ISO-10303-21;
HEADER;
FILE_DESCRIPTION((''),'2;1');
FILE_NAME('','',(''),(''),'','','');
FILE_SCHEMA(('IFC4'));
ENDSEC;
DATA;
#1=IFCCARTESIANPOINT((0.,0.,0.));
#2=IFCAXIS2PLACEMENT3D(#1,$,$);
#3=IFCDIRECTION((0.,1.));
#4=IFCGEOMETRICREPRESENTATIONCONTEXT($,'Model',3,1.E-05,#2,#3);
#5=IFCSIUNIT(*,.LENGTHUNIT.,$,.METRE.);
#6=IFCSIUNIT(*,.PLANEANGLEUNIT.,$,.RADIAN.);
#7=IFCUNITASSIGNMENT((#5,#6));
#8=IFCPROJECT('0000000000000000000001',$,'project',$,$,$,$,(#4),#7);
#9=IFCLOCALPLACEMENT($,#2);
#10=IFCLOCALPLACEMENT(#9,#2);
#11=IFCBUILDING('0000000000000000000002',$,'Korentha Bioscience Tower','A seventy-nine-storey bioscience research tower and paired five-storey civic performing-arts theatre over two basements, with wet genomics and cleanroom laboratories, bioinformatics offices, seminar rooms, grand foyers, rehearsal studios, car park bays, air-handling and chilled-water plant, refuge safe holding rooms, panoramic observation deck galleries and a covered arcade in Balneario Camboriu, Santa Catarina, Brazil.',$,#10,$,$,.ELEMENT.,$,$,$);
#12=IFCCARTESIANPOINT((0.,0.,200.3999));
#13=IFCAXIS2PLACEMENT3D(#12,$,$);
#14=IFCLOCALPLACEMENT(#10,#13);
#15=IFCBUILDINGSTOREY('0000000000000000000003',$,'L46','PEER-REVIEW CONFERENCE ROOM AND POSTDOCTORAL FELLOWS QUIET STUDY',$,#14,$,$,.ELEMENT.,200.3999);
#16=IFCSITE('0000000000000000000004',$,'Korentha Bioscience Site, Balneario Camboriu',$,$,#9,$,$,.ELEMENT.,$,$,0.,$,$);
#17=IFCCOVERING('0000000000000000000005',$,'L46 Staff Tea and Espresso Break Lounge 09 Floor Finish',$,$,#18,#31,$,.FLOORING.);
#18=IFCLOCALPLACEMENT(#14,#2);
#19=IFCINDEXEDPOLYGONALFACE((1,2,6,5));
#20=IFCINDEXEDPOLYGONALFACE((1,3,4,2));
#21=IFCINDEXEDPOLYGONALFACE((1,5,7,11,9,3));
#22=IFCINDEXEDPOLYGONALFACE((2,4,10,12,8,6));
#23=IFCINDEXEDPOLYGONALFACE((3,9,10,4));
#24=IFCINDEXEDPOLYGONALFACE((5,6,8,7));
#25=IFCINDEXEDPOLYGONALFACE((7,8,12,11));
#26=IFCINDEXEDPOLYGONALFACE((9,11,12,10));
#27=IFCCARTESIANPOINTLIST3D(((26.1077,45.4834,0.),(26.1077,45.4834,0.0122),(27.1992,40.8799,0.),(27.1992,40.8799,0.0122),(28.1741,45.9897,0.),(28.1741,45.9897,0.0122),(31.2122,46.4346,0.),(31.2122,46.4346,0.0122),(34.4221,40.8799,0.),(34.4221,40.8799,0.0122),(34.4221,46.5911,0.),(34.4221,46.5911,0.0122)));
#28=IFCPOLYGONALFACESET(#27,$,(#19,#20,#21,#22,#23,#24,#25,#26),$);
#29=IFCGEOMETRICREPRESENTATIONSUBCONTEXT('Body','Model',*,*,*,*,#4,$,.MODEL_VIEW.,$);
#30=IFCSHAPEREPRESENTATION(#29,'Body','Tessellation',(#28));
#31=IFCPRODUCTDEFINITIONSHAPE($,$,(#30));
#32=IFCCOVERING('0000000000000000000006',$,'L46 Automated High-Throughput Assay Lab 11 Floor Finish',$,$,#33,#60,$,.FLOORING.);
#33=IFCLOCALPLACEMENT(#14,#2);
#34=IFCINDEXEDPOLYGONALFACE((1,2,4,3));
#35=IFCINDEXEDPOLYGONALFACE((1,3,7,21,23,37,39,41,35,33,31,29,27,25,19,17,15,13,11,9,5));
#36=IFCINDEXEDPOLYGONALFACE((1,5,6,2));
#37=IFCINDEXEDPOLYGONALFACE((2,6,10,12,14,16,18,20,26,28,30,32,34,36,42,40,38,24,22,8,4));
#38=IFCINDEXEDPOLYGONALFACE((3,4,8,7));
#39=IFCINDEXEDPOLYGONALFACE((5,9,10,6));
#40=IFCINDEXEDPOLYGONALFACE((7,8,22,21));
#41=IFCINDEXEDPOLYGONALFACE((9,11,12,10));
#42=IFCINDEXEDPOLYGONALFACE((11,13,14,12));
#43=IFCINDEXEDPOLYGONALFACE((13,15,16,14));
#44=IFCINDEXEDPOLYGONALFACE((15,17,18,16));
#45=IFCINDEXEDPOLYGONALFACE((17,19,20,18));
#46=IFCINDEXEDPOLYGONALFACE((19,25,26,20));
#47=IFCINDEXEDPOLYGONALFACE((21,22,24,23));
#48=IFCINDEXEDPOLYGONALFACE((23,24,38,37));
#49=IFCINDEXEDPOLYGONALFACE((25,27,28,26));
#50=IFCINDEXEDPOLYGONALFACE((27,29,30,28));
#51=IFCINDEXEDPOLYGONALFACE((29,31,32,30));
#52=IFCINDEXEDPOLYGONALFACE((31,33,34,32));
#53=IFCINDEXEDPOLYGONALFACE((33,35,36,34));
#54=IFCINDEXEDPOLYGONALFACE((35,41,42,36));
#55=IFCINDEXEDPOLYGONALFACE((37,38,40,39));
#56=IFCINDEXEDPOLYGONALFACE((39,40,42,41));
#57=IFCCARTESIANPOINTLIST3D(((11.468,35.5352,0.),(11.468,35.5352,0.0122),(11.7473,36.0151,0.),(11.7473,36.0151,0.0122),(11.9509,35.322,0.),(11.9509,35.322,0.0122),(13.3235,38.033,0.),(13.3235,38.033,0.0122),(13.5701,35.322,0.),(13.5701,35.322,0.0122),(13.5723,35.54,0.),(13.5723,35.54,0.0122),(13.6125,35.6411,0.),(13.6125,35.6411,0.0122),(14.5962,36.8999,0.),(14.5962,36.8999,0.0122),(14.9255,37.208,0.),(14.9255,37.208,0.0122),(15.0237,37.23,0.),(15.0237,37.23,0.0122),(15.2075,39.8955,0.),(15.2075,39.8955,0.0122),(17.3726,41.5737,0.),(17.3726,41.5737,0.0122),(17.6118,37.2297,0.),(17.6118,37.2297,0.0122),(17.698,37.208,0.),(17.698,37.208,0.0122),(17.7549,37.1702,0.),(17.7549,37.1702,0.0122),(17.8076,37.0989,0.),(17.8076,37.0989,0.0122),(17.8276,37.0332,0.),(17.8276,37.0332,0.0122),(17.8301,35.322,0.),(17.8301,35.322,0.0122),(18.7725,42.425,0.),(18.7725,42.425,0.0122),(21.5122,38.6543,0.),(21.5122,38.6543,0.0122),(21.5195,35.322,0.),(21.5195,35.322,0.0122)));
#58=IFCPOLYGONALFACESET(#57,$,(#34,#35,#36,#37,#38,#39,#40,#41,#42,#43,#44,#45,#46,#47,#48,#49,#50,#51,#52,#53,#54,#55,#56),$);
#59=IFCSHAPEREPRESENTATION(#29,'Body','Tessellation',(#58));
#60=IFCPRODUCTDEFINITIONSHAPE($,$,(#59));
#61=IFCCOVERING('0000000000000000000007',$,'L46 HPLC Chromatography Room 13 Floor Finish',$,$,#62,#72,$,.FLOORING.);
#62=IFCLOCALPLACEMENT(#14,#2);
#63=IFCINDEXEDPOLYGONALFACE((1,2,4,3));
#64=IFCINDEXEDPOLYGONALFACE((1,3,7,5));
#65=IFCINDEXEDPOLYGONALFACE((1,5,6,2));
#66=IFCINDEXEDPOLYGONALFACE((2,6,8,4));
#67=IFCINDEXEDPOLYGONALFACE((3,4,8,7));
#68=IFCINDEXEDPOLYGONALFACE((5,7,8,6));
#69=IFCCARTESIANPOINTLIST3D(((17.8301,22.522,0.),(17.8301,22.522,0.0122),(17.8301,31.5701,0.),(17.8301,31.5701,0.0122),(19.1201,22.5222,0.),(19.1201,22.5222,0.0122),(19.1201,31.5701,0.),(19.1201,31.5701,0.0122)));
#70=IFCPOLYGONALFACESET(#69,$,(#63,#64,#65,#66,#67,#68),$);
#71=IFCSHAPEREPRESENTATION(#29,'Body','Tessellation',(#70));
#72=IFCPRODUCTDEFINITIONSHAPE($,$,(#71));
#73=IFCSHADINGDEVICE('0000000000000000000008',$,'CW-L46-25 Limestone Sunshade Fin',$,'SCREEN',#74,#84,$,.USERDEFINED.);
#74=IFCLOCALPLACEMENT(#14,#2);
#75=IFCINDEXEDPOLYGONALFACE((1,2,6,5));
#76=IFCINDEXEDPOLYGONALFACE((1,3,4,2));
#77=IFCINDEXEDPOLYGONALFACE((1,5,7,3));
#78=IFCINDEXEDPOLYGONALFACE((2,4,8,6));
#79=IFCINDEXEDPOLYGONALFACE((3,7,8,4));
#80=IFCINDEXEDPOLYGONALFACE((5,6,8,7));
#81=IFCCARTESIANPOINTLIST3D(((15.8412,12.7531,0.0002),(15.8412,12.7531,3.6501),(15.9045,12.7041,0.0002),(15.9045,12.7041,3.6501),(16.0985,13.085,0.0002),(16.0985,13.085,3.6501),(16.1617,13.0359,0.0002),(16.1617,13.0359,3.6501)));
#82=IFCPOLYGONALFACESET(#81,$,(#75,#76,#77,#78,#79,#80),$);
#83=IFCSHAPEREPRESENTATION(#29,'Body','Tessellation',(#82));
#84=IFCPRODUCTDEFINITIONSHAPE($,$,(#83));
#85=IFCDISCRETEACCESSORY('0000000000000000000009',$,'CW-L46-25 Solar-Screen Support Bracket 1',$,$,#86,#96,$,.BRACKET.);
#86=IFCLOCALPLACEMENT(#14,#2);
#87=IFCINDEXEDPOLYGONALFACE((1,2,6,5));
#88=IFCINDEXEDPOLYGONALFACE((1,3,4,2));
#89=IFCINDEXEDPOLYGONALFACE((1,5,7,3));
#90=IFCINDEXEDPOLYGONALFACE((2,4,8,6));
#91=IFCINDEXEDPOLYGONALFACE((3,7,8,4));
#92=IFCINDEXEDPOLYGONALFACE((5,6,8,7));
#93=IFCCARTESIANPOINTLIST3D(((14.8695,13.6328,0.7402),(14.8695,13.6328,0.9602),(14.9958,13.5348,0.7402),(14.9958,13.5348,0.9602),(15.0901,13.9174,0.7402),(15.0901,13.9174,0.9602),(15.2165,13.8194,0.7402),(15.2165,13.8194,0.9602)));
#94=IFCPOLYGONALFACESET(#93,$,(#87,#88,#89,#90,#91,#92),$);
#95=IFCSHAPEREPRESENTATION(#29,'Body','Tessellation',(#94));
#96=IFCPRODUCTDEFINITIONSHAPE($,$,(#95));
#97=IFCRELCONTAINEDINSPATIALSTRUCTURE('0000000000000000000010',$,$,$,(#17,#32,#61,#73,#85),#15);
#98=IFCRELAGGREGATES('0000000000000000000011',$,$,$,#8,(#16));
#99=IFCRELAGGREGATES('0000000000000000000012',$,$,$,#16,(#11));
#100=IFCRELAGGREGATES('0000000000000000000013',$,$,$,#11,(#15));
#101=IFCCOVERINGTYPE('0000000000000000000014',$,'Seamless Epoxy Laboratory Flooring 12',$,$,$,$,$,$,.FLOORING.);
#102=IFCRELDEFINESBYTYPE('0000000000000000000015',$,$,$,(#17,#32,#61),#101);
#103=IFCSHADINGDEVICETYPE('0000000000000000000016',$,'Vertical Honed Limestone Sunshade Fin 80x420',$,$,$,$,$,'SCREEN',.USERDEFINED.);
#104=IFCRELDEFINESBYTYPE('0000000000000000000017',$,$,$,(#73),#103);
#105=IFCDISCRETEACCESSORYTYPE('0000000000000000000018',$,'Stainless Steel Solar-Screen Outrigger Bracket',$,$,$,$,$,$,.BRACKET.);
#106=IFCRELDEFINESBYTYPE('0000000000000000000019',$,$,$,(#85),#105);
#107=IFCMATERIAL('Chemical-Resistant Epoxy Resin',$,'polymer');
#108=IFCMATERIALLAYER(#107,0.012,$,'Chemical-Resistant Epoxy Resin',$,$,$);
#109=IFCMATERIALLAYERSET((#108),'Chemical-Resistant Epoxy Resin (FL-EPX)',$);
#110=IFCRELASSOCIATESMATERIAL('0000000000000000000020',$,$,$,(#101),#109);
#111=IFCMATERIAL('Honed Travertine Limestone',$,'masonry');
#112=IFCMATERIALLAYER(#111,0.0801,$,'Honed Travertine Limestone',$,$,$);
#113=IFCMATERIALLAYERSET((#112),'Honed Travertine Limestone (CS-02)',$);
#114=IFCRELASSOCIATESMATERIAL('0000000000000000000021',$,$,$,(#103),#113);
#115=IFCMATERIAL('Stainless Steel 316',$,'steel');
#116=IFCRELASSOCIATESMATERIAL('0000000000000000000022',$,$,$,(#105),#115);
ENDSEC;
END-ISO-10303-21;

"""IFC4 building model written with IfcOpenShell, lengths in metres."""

from ifc_helpers import new_model, si_unit, direction, frame, origin, origin_2d, place, context, subcontext, project, spatial, polyline, rectangle, outline, extrude, material, layer, layer_set, type_object, element, save


model = new_model("IFC4")

# Units and contexts
model_context = context("Model", 3, precision=1e-05, world=origin(), true_north=direction((0.0, 1.0)))
body_context = subcontext(model_context, "Body", "Model", "MODEL_VIEW")
ifc_project = project(units=[si_unit("LENGTHUNIT", "METRE"), si_unit("PLANEANGLEUNIT", "RADIAN")], contexts=[model_context])

# Site, building, storey
site_placement = place(None, origin())
site = spatial("IfcSite", under=ifc_project, at=site_placement, Name="Korentha Bioscience Site, Balneario Camboriu", CompositionType="ELEMENT", RefElevation=0.0)
building_placement = place(site_placement, origin())
building = spatial("IfcBuilding", under=site, at=building_placement, Name="Korentha Bioscience Tower", Description="A seventy-nine-storey bioscience research tower and paired five-storey civic performing-arts theatre over two basements, with wet genomics and cleanroom laboratories, bioinformatics offices, seminar rooms, grand foyers, rehearsal studios, car park bays, air-handling and chilled-water plant, refuge safe holding rooms, panoramic observation deck galleries and a covered arcade in Balneario Camboriu, Santa Catarina, Brazil.", CompositionType="ELEMENT")
storey_placement = place(building_placement, frame((0.0, 0.0, 200.3999)))
storey = spatial("IfcBuildingStorey", under=building, at=storey_placement, Name="L46", Description="PEER-REVIEW CONFERENCE ROOM AND POSTDOCTORAL FELLOWS QUIET STUDY", CompositionType="ELEMENT", Elevation=200.3999)

# Coverings
ifc_material_1 = material(Name="Chemical-Resistant Epoxy Resin", Category="polymer")
ifc_layer_1 = layer(ifc_material_1, 0.012, Name="Chemical-Resistant Epoxy Resin")
ifc_layer_set_1 = layer_set([ifc_layer_1], Name="Chemical-Resistant Epoxy Resin (FL-EPX)")
covering_type_1 = type_object("IfcCoveringType", Name="Seamless Epoxy Laboratory Flooring 12", PredefinedType="FLOORING", material=ifc_layer_set_1)
covering_1_placement = place(storey_placement, origin())
element("IfcCovering", 1, at=covering_1_placement, inside=storey, type_object=covering_type_1, Name="L46 Staff Tea and Espresso Break Lounge 09 Floor Finish", PredefinedType="FLOORING", context=body_context, shape_type="SweptSolid", body=[
    extrude(outline(polyline([(28.1741, 45.9897), (31.2122, 46.4346), (34.4221, 46.5911), (34.4221, 40.8799), (27.1992, 40.8799), (26.1077, 45.4834), (28.1741, 45.9897)])), origin(), (0.0, 0.0, 1.0), 0.0122),
])
covering_2_placement = place(storey_placement, origin())
element("IfcCovering", 2, at=covering_2_placement, inside=storey, type_object=covering_type_1, Name="L46 Automated High-Throughput Assay Lab 11 Floor Finish", PredefinedType="FLOORING", context=body_context, shape_type="SweptSolid", body=[
    extrude(outline(polyline([(11.7473, 36.0151), (13.3235, 38.033), (15.2075, 39.8955), (17.3726, 41.5737), (18.7725, 42.425), (21.5122, 38.6543), (21.5195, 35.322), (17.8301, 35.322), (17.8276, 37.0332), (17.8076, 37.0989), (17.7549, 37.1702), (17.698, 37.208), (17.6118, 37.2297), (15.0237, 37.23), (14.9255, 37.208), (14.5962, 36.8999), (13.6125, 35.6411), (13.5723, 35.54), (13.5701, 35.322), (11.9509, 35.322), (11.468, 35.5352), (11.7473, 36.0151)])), origin(), (0.0, 0.0, 1.0), 0.0122),
])
covering_3_placement = place(storey_placement, origin())
element("IfcCovering", 3, at=covering_3_placement, inside=storey, type_object=covering_type_1, Name="L46 HPLC Chromatography Room 13 Floor Finish", PredefinedType="FLOORING", context=body_context, shape_type="SweptSolid", body=[
    extrude(outline(polyline([(17.8301, 22.522), (17.8301, 31.5701), (19.1201, 31.5701), (19.1201, 22.5222), (17.8301, 22.522)])), origin(), (0.0, 0.0, 1.0), 0.0122),
])

# Shading device
ifc_material_2 = material(Name="Honed Travertine Limestone", Category="masonry")
ifc_layer_2 = layer(ifc_material_2, 0.0801, Name="Honed Travertine Limestone")
ifc_layer_set_2 = layer_set([ifc_layer_2], Name="Honed Travertine Limestone (CS-02)")
shading_device_type_1 = type_object("IfcShadingDeviceType", Name="Vertical Honed Limestone Sunshade Fin 80x420", ElementType="SCREEN", PredefinedType="USERDEFINED", material=ifc_layer_set_2)
shading_device_1_placement = place(storey_placement, frame((16.0015, 12.8945, 0.0002), z_axis=(0.0, 0.0, 1.0), x_axis=(0.790346, -0.612661, 0.0)))
element("IfcShadingDevice", 4, at=shading_device_1_placement, inside=storey, type_object=shading_device_type_1, Name="CW-L46-25 Limestone Sunshade Fin", ObjectType="SCREEN", PredefinedType="USERDEFINED", context=body_context, shape_type="SweptSolid", body=[
    extrude(rectangle(XDim=0.0801, YDim=0.4199, at=origin_2d()), origin(), (0.0, 0.0, 1.0), 3.6499),
])

# Discrete accessory
ifc_material_3 = material(Name="Stainless Steel 316", Category="steel")
discrete_accessory_type = type_object("IfcDiscreteAccessoryType", Name="Stainless Steel Solar-Screen Outrigger Bracket", PredefinedType="BRACKET", material=ifc_material_3)
discrete_accessory_placement = place(storey_placement, frame((15.043, 13.7261, 0.7402), z_axis=(0.0, 0.0, 1.0), x_axis=(0.790346, -0.612661, 0.0)))
element("IfcDiscreteAccessory", 5, at=discrete_accessory_placement, inside=storey, type_object=discrete_accessory_type, Name="CW-L46-25 Solar-Screen Support Bracket 1", PredefinedType="BRACKET", context=body_context, shape_type="SweptSolid", body=[
    extrude(rectangle(XDim=0.1599, YDim=0.3601, at=origin_2d()), origin(), (0.0, 0.0, 1.0), 0.22),
])

save(model, "model.ifc")
